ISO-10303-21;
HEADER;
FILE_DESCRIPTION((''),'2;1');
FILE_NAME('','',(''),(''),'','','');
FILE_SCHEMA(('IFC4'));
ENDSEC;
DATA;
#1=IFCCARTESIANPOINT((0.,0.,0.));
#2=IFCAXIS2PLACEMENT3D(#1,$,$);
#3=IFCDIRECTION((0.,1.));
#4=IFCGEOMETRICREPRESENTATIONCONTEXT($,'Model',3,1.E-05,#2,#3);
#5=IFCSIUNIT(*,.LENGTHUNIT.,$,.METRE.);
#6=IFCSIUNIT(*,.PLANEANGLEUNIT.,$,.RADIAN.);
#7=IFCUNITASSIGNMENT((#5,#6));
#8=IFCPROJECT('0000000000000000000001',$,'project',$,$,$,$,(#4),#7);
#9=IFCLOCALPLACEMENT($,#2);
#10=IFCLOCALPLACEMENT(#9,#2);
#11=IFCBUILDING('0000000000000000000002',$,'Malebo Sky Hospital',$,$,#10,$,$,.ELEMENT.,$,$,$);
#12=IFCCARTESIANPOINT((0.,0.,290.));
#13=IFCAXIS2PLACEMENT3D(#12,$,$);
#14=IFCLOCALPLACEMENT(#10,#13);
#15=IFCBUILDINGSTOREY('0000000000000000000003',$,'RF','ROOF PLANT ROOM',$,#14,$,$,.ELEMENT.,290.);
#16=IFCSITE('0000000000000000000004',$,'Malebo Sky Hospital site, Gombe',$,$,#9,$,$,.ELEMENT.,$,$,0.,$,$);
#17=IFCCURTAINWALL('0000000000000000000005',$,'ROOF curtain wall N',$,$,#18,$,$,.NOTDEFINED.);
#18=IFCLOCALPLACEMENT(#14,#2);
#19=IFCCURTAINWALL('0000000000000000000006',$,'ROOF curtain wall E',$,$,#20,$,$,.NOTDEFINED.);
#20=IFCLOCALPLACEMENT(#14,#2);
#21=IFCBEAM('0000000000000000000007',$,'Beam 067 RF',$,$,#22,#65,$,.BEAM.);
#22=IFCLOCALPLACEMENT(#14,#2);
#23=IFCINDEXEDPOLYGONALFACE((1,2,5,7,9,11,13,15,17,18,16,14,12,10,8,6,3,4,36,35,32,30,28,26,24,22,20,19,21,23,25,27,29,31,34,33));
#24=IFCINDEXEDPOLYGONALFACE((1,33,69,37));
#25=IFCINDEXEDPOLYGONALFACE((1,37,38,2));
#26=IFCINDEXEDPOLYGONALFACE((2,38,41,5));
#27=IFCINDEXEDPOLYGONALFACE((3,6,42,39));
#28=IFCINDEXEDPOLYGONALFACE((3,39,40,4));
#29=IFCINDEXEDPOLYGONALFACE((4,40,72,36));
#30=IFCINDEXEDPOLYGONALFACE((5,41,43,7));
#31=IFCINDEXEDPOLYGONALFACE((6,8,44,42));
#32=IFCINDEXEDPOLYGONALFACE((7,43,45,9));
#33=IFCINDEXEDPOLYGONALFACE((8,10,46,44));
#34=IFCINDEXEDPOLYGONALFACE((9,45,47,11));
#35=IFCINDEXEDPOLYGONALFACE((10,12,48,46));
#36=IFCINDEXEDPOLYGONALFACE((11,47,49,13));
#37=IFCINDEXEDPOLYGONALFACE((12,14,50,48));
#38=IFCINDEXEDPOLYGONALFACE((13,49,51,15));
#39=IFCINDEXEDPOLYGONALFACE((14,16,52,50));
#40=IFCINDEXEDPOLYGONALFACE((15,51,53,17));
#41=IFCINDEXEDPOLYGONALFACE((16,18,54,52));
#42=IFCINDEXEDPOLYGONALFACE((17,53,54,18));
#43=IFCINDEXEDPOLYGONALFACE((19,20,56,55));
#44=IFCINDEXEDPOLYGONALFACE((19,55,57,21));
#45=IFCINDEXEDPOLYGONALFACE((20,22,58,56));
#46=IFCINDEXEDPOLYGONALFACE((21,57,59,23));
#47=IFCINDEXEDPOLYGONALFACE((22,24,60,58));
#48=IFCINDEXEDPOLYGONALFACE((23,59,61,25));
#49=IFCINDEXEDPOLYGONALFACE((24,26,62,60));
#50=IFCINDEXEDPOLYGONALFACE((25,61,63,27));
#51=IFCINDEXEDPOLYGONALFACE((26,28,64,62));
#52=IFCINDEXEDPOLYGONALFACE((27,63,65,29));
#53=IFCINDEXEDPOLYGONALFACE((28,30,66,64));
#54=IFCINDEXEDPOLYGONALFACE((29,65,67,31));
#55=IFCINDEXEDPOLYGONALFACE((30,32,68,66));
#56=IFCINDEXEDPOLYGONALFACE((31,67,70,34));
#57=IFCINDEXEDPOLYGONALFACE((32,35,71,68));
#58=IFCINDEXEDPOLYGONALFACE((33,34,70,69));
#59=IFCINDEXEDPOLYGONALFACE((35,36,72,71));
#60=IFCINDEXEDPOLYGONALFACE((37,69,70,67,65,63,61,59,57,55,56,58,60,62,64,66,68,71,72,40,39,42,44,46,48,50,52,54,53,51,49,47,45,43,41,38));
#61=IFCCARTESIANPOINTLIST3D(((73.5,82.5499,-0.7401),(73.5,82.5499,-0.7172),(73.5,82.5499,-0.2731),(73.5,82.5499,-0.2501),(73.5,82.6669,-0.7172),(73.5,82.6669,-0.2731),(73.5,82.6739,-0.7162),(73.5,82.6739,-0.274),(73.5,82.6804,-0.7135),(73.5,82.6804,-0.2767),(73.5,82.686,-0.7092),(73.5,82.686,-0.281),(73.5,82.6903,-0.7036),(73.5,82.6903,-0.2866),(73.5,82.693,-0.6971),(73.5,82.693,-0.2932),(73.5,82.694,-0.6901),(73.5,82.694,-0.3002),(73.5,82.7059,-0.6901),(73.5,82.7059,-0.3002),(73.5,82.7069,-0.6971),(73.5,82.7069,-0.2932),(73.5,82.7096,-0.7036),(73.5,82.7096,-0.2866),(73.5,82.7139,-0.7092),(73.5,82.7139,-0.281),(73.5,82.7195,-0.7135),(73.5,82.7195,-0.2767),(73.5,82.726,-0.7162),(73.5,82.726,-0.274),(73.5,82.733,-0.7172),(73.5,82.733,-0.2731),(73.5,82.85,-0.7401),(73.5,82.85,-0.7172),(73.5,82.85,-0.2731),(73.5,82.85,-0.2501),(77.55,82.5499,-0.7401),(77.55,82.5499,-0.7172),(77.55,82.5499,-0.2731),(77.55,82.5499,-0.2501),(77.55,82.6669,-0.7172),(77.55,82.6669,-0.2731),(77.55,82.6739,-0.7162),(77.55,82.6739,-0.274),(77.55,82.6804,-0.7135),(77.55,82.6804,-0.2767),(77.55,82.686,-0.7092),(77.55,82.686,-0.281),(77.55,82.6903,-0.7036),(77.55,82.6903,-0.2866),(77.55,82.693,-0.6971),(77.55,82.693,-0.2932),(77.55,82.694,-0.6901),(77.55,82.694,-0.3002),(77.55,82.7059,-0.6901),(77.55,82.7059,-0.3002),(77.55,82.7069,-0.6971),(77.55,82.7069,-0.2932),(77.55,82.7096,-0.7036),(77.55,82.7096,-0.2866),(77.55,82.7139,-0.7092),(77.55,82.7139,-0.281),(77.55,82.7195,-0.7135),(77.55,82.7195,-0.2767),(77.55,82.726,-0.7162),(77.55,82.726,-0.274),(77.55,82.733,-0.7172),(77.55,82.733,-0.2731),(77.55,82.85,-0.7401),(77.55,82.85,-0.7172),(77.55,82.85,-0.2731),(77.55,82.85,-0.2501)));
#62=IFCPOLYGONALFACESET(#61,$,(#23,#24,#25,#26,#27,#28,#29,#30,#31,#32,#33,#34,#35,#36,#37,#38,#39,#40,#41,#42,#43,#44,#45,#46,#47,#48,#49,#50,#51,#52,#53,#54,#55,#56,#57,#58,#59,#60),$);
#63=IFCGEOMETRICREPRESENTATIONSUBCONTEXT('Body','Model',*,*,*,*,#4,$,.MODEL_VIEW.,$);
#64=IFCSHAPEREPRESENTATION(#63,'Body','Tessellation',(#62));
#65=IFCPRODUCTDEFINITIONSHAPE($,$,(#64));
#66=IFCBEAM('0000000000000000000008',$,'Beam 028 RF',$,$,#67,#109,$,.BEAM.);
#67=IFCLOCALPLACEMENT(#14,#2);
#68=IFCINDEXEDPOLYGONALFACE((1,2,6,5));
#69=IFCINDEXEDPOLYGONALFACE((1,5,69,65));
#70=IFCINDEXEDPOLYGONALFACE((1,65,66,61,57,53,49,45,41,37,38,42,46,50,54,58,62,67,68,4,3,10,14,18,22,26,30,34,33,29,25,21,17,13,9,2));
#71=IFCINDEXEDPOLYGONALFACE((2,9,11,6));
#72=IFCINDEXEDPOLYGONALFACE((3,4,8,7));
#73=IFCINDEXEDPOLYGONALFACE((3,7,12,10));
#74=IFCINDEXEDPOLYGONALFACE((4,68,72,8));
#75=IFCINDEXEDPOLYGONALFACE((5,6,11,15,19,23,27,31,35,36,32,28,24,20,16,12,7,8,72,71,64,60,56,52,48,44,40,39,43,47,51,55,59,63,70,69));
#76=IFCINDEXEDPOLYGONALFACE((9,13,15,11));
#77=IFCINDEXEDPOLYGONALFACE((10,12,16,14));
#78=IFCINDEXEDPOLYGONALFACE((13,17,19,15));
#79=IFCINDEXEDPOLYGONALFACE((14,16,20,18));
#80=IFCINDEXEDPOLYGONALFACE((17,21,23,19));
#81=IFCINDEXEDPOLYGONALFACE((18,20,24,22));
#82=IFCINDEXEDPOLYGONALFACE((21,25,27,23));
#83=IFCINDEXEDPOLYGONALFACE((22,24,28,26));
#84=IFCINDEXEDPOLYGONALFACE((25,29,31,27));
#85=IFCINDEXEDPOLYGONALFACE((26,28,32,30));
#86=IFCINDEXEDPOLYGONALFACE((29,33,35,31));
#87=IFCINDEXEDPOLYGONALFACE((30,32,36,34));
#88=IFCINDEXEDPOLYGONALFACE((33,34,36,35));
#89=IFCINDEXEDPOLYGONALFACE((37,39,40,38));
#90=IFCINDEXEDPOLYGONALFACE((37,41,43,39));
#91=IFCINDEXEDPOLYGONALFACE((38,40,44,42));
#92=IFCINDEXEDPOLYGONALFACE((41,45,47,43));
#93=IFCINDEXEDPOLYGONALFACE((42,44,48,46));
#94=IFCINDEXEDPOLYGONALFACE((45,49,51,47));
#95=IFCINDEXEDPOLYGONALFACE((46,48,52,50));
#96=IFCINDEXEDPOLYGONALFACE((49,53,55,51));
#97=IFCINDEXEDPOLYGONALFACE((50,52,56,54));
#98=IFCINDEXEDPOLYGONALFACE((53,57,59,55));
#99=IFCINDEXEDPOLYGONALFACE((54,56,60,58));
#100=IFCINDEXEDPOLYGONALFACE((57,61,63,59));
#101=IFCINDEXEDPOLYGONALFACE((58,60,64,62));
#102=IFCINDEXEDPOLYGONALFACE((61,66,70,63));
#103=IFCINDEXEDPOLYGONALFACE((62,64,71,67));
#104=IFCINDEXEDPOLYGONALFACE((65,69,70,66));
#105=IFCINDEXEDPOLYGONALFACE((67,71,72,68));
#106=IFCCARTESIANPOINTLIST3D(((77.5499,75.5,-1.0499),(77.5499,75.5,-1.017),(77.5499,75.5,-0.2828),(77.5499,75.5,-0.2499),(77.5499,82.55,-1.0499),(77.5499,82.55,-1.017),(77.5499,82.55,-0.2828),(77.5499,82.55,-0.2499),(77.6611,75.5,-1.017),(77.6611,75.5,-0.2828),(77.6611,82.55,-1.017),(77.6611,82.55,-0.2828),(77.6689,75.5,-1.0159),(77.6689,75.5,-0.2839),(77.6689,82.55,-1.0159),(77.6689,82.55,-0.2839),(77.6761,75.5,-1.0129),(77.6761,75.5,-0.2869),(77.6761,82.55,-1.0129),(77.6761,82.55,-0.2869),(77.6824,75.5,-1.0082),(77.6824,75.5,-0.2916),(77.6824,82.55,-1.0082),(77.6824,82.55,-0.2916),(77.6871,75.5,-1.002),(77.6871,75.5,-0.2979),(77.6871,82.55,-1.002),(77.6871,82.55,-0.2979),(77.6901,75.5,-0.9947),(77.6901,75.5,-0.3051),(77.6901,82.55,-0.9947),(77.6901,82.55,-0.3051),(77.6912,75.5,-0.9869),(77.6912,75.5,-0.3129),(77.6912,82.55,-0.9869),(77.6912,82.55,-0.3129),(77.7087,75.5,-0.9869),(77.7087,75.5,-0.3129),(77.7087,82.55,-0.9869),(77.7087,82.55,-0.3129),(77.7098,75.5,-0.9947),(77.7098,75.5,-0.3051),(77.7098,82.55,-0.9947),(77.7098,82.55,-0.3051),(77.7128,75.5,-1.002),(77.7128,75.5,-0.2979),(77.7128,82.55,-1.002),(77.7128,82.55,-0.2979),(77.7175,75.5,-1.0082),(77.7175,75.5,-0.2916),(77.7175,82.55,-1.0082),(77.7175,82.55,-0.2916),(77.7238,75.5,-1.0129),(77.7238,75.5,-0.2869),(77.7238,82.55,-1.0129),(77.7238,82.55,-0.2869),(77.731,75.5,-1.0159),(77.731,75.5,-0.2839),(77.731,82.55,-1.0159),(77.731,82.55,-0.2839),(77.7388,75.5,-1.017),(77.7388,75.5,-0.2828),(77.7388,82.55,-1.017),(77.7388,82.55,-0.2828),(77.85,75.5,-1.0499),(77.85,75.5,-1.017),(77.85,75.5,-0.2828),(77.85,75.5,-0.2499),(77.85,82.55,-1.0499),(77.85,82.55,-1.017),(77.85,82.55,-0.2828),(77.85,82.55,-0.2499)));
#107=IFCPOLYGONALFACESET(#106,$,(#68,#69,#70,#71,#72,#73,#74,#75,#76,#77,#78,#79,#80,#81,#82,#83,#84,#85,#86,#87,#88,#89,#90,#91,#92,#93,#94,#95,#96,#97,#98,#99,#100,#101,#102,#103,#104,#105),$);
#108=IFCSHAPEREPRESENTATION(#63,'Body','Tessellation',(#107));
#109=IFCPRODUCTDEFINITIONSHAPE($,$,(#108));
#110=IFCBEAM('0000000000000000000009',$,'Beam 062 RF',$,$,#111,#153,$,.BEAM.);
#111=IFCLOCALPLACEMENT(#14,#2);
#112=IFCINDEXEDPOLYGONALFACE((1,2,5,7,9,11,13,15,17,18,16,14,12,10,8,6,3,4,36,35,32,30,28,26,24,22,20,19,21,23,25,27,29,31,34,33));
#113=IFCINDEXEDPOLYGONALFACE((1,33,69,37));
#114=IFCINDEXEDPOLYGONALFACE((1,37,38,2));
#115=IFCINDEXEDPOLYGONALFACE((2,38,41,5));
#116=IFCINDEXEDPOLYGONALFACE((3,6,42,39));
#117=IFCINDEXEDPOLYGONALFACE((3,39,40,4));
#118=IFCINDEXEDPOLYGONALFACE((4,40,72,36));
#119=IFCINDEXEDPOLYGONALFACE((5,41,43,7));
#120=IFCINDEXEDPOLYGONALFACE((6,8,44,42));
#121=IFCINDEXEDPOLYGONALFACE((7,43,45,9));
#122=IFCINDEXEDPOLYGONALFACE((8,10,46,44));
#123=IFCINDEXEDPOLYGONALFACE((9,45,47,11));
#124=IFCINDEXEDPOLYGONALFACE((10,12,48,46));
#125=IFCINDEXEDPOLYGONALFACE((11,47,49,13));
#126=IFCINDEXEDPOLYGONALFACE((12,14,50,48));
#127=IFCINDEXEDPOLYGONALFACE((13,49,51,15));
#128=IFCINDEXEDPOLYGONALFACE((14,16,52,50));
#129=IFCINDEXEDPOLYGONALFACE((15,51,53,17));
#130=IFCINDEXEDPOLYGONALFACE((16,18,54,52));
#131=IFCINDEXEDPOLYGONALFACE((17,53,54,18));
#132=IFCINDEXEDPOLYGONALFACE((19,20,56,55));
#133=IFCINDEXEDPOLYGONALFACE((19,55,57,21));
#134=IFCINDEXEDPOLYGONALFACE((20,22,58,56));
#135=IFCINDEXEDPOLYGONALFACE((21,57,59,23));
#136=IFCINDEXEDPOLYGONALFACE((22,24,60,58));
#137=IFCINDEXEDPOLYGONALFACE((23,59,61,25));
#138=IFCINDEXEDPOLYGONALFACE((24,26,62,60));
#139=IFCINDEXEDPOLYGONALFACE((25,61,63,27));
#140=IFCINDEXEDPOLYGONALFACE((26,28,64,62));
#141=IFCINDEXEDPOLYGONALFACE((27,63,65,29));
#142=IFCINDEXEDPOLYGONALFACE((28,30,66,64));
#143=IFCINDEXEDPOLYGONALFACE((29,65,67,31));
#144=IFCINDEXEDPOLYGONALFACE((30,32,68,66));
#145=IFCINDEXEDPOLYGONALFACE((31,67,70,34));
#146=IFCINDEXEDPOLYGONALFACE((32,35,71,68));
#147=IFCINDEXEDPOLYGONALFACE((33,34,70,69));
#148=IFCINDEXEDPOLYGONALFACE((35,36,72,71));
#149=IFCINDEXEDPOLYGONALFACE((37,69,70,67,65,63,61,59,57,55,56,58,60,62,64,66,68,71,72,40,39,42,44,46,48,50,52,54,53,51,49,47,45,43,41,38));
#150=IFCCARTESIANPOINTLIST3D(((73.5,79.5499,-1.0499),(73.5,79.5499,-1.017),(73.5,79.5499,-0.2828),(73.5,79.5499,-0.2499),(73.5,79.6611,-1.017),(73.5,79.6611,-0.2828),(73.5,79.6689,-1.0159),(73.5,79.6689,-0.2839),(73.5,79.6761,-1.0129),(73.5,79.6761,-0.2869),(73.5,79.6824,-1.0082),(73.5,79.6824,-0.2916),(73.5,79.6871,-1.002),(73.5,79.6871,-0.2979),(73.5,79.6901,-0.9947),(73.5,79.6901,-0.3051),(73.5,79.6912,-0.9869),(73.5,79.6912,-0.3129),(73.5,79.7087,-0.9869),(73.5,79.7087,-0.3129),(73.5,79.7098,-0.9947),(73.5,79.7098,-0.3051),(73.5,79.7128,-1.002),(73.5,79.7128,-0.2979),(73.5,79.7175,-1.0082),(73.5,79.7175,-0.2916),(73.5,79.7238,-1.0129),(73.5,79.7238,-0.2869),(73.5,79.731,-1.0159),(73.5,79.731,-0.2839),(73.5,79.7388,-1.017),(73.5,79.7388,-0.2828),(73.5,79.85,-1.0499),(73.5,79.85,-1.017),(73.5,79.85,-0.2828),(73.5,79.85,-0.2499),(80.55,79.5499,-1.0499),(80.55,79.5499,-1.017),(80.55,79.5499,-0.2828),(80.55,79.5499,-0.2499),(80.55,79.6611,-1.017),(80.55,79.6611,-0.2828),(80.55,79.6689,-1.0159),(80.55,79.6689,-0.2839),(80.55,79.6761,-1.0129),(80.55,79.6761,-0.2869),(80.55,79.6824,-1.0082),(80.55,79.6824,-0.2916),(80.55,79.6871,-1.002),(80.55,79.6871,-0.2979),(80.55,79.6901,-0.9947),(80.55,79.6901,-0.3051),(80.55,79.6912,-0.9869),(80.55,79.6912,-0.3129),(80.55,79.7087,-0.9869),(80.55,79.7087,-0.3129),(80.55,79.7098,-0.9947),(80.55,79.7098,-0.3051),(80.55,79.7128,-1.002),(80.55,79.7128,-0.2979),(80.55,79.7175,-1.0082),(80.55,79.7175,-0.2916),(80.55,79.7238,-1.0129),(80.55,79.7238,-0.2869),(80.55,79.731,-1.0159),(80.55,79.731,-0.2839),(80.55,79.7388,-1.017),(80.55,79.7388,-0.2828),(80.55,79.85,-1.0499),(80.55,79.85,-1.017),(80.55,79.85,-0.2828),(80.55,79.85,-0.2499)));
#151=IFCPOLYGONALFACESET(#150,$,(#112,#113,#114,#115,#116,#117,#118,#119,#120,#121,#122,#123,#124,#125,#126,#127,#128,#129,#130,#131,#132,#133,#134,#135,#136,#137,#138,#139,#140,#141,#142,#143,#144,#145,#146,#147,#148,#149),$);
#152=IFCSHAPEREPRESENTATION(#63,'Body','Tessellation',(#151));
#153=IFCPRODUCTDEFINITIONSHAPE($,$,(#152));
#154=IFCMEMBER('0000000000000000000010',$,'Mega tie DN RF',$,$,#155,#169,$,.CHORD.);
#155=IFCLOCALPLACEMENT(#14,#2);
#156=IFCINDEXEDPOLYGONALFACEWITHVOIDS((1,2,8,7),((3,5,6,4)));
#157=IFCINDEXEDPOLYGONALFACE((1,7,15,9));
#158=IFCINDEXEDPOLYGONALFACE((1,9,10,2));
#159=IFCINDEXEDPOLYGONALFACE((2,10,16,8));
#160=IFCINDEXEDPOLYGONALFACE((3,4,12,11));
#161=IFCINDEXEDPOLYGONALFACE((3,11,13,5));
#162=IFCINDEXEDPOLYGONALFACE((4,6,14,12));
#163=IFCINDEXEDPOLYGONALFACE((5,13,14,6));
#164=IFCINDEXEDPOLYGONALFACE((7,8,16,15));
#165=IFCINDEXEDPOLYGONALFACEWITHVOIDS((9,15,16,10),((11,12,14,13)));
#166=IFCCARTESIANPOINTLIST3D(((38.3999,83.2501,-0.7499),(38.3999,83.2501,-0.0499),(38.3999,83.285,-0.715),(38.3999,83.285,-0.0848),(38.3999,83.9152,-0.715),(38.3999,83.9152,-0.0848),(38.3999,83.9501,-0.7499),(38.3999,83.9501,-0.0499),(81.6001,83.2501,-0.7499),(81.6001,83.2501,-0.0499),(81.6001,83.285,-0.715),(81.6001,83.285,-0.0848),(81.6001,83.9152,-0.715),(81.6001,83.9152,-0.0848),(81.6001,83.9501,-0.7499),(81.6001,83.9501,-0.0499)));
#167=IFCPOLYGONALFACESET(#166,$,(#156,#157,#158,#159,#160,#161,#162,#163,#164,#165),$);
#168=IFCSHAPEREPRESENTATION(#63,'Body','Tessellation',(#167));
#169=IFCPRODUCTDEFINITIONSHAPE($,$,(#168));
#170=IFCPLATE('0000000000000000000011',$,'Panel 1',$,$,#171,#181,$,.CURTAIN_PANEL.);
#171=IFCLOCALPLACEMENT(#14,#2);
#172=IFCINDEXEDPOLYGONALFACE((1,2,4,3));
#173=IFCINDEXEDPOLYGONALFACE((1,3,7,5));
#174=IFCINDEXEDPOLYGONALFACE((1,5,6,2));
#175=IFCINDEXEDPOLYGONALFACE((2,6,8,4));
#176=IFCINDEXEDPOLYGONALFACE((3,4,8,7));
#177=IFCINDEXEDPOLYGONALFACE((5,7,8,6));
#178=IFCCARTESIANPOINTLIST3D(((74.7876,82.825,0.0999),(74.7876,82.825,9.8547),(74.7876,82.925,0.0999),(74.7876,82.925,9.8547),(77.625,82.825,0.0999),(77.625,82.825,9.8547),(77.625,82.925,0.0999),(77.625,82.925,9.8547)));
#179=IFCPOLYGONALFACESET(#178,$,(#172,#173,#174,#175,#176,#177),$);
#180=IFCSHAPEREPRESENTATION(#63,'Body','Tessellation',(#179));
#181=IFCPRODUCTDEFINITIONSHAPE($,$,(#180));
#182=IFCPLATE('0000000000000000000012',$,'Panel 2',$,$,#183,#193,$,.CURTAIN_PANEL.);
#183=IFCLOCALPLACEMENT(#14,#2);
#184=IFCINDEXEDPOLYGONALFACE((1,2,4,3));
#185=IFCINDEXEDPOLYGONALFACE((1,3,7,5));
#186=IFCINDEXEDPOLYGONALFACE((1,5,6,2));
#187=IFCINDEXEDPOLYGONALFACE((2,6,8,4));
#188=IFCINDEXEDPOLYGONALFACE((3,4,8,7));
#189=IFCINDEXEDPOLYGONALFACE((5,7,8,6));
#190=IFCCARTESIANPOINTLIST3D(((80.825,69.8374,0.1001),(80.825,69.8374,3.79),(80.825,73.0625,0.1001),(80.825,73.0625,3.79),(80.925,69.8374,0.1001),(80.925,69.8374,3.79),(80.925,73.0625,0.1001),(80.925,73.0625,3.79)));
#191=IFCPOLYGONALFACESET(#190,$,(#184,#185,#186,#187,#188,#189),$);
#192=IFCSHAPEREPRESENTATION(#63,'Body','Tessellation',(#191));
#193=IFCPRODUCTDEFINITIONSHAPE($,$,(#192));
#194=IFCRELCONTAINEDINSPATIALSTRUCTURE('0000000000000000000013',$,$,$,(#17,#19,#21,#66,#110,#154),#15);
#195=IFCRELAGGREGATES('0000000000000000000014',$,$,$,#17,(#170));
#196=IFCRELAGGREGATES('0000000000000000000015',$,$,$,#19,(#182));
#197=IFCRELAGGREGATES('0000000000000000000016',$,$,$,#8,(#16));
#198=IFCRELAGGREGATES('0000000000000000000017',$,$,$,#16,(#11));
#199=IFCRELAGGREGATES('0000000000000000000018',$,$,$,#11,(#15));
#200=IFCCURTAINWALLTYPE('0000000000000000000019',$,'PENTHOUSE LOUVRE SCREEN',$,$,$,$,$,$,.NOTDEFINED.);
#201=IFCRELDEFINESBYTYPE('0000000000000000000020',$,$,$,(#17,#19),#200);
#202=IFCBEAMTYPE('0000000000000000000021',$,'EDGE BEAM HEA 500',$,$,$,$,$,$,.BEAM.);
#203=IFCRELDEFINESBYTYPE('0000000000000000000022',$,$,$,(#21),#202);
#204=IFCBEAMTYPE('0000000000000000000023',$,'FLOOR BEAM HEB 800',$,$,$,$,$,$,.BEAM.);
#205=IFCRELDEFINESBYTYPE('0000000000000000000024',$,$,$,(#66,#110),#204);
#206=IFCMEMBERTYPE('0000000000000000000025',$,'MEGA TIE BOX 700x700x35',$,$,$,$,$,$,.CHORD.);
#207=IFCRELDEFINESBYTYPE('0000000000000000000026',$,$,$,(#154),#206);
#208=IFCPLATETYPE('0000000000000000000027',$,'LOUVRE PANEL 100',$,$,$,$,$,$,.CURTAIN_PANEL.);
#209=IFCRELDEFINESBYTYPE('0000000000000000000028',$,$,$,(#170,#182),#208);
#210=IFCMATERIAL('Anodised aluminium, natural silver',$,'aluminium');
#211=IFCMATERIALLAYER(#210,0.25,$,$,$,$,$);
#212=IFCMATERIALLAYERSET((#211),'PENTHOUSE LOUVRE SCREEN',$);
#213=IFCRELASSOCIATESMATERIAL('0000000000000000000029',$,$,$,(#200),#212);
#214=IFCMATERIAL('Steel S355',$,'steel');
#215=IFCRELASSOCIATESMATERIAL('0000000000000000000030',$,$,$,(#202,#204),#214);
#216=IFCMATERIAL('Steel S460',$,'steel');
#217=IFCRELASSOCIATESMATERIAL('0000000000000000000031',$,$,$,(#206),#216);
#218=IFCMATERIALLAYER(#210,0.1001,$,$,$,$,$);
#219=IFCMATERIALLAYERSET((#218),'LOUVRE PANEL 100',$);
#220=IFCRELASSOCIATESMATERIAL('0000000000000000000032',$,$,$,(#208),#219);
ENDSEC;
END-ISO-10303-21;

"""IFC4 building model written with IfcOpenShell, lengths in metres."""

from ifc_helpers import new_model, si_unit, direction, frame, origin, origin_2d, place, context, subcontext, project, spatial, rectangle, hollow_rectangle, i_section, extrude, material, layer, layer_set, material_profile, profile_set, type_object, element, aggregate, save


model = new_model("IFC4")

# Units and contexts
model_context = context("Model", 3, precision=1e-05, world=origin(), true_north=direction((0.0, 1.0)))
body_context = subcontext(model_context, "Body", "Model", "MODEL_VIEW")
ifc_project = project(units=[si_unit("LENGTHUNIT", "METRE"), si_unit("PLANEANGLEUNIT", "RADIAN")], contexts=[model_context])

# Site, building, storey
site_placement = place(None, origin())
site = spatial("IfcSite", under=ifc_project, at=site_placement, Name="Malebo Sky Hospital site, Gombe", CompositionType="ELEMENT", RefElevation=0.0)
building_placement = place(site_placement, origin())
building = spatial("IfcBuilding", under=site, at=building_placement, Name="Malebo Sky Hospital", CompositionType="ELEMENT")
storey_placement = place(building_placement, frame((0.0, 0.0, 290.0)))
storey = spatial("IfcBuildingStorey", under=building, at=storey_placement, Name="RF", Description="ROOF PLANT ROOM", CompositionType="ELEMENT", Elevation=290.0)

# Shared definitions
ifc_material_1 = material(Name="Steel S355", Category="steel")

# Curtain walls
ifc_material_2 = material(Name="Anodised aluminium, natural silver", Category="aluminium")
ifc_layer_1 = layer(ifc_material_2, 0.25)
ifc_layer_set_1 = layer_set([ifc_layer_1], Name="PENTHOUSE LOUVRE SCREEN")
curtain_wall_type = type_object("IfcCurtainWallType", Name="PENTHOUSE LOUVRE SCREEN", PredefinedType="NOTDEFINED", material=ifc_layer_set_1)
curtain_wall_1_placement = place(storey_placement, origin())
curtain_wall_1 = element("IfcCurtainWall", 1, at=curtain_wall_1_placement, inside=storey, type_object=curtain_wall_type, Name="ROOF curtain wall N", PredefinedType="NOTDEFINED")
curtain_wall_2_placement = place(storey_placement, origin())
curtain_wall_2 = element("IfcCurtainWall", 2, at=curtain_wall_2_placement, inside=storey, type_object=curtain_wall_type, Name="ROOF curtain wall E", PredefinedType="NOTDEFINED")

# Beams
ifc_material_profile_1 = material_profile(ifc_material_1, i_section(OverallWidth=0.3, OverallDepth=0.49, WebThickness=0.012, FlangeThickness=0.0229, FilletRadius=0.0271, at=origin_2d()), Name="HEA 500")
ifc_profile_set_1 = profile_set([ifc_material_profile_1], Name="Steel S355")
beam_type_1 = type_object("IfcBeamType", Name="EDGE BEAM HEA 500", PredefinedType="BEAM", material=ifc_profile_set_1)
for number, where, z_axis, x_axis, name in (
    (3, (73.5, 82.7, -0.4951), (1.0, 0.0, 0.0), (0.0, 1.0, 0.0), "Beam 067 RF"),
):
    element("IfcBeam", number, at=place(storey_placement, frame(where, z_axis=z_axis, x_axis=x_axis)), inside=storey, type_object=beam_type_1, Name=name, PredefinedType="BEAM", context=body_context, shape_type="SweptSolid", body=[
        extrude(i_section(OverallWidth=0.3, OverallDepth=0.49, WebThickness=0.012, FlangeThickness=0.0229, FilletRadius=0.0271, at=origin_2d()), origin(), (0.0, 0.0, 1.0), 4.05),
    ])
ifc_material_profile_2 = material_profile(ifc_material_1, i_section(OverallWidth=0.3, OverallDepth=0.8, WebThickness=0.0176, FlangeThickness=0.033, FilletRadius=0.03, at=origin_2d()), Name="HEB 800")
ifc_profile_set_2 = profile_set([ifc_material_profile_2], Name="Steel S355")
beam_type_2 = type_object("IfcBeamType", Name="FLOOR BEAM HEB 800", PredefinedType="BEAM", material=ifc_profile_set_2)
for number, where, z_axis, x_axis, name in (
    (4, (77.7, 75.5, -0.6499), (0.0, 1.0, 0.0), (-1.0, 0.0, 0.0), "Beam 028 RF"),
    (5, (73.5, 79.7, -0.6499), (1.0, 0.0, 0.0), (0.0, 1.0, 0.0), "Beam 062 RF"),
):
    element("IfcBeam", number, at=place(storey_placement, frame(where, z_axis=z_axis, x_axis=x_axis)), inside=storey, type_object=beam_type_2, Name=name, PredefinedType="BEAM", context=body_context, shape_type="SweptSolid", body=[
        extrude(i_section(OverallWidth=0.3, OverallDepth=0.8, WebThickness=0.0176, FlangeThickness=0.033, FilletRadius=0.03, at=origin_2d()), origin(), (0.0, 0.0, 1.0), 7.05),
    ])

# Member
ifc_material_3 = material(Name="Steel S460", Category="steel")
ifc_material_profile_3 = material_profile(ifc_material_3, hollow_rectangle(XDim=0.7, YDim=0.7, WallThickness=0.0349, at=origin_2d()), Name="BOX 700x700x35")
ifc_profile_set_3 = profile_set([ifc_material_profile_3], Name="Steel S460")
member_type_1 = type_object("IfcMemberType", Name="MEGA TIE BOX 700x700x35", PredefinedType="CHORD", material=ifc_profile_set_3)
member_1_placement = place(storey_placement, frame((81.6001, 83.6001, -0.3999), z_axis=(-1.0, 0.0, 0.0), x_axis=(0.0, -1.0, 0.0)))
element("IfcMember", 6, at=member_1_placement, inside=storey, type_object=member_type_1, Name="Mega tie DN RF", PredefinedType="CHORD", context=body_context, shape_type="SweptSolid", body=[
    extrude(hollow_rectangle(XDim=0.7, YDim=0.7, WallThickness=0.0349, at=origin_2d()), origin(), (0.0, 0.0, 1.0), 43.2002),
])

# Plates
ifc_layer_2 = layer(ifc_material_2, 0.1001)
ifc_layer_set_2 = layer_set([ifc_layer_2], Name="LOUVRE PANEL 100")
plate_type = type_object("IfcPlateType", Name="LOUVRE PANEL 100", PredefinedType="CURTAIN_PANEL", material=ifc_layer_set_2)
plate_1_placement = place(storey_placement, frame((76.2063, 82.875, 0.0999), z_axis=(0.0, 0.0, 1.0), x_axis=(-1.0, 0.0, 0.0)))
plate_1 = element("IfcPlate", 7, at=plate_1_placement, type_object=plate_type, Name="Panel 1", PredefinedType="CURTAIN_PANEL", context=body_context, shape_type="SweptSolid", body=[
    extrude(rectangle(XDim=2.8374, YDim=0.1001, at=origin_2d()), origin(), (0.0, 0.0, 1.0), 9.7549),
])
aggregate(curtain_wall_1, [plate_1])
plate_2_placement = place(storey_placement, frame((80.875, 71.45, 0.1001), z_axis=(0.0, 0.0, 1.0), x_axis=(0.0, 1.0, 0.0)))
plate_2 = element("IfcPlate", 8, at=plate_2_placement, type_object=plate_type, Name="Panel 2", PredefinedType="CURTAIN_PANEL", context=body_context, shape_type="SweptSolid", body=[
    extrude(rectangle(XDim=3.2251, YDim=0.1001, at=origin_2d()), origin(), (0.0, 0.0, 1.0), 3.6899),
])
aggregate(curtain_wall_2, [plate_2])

save(model, "model.ifc")
